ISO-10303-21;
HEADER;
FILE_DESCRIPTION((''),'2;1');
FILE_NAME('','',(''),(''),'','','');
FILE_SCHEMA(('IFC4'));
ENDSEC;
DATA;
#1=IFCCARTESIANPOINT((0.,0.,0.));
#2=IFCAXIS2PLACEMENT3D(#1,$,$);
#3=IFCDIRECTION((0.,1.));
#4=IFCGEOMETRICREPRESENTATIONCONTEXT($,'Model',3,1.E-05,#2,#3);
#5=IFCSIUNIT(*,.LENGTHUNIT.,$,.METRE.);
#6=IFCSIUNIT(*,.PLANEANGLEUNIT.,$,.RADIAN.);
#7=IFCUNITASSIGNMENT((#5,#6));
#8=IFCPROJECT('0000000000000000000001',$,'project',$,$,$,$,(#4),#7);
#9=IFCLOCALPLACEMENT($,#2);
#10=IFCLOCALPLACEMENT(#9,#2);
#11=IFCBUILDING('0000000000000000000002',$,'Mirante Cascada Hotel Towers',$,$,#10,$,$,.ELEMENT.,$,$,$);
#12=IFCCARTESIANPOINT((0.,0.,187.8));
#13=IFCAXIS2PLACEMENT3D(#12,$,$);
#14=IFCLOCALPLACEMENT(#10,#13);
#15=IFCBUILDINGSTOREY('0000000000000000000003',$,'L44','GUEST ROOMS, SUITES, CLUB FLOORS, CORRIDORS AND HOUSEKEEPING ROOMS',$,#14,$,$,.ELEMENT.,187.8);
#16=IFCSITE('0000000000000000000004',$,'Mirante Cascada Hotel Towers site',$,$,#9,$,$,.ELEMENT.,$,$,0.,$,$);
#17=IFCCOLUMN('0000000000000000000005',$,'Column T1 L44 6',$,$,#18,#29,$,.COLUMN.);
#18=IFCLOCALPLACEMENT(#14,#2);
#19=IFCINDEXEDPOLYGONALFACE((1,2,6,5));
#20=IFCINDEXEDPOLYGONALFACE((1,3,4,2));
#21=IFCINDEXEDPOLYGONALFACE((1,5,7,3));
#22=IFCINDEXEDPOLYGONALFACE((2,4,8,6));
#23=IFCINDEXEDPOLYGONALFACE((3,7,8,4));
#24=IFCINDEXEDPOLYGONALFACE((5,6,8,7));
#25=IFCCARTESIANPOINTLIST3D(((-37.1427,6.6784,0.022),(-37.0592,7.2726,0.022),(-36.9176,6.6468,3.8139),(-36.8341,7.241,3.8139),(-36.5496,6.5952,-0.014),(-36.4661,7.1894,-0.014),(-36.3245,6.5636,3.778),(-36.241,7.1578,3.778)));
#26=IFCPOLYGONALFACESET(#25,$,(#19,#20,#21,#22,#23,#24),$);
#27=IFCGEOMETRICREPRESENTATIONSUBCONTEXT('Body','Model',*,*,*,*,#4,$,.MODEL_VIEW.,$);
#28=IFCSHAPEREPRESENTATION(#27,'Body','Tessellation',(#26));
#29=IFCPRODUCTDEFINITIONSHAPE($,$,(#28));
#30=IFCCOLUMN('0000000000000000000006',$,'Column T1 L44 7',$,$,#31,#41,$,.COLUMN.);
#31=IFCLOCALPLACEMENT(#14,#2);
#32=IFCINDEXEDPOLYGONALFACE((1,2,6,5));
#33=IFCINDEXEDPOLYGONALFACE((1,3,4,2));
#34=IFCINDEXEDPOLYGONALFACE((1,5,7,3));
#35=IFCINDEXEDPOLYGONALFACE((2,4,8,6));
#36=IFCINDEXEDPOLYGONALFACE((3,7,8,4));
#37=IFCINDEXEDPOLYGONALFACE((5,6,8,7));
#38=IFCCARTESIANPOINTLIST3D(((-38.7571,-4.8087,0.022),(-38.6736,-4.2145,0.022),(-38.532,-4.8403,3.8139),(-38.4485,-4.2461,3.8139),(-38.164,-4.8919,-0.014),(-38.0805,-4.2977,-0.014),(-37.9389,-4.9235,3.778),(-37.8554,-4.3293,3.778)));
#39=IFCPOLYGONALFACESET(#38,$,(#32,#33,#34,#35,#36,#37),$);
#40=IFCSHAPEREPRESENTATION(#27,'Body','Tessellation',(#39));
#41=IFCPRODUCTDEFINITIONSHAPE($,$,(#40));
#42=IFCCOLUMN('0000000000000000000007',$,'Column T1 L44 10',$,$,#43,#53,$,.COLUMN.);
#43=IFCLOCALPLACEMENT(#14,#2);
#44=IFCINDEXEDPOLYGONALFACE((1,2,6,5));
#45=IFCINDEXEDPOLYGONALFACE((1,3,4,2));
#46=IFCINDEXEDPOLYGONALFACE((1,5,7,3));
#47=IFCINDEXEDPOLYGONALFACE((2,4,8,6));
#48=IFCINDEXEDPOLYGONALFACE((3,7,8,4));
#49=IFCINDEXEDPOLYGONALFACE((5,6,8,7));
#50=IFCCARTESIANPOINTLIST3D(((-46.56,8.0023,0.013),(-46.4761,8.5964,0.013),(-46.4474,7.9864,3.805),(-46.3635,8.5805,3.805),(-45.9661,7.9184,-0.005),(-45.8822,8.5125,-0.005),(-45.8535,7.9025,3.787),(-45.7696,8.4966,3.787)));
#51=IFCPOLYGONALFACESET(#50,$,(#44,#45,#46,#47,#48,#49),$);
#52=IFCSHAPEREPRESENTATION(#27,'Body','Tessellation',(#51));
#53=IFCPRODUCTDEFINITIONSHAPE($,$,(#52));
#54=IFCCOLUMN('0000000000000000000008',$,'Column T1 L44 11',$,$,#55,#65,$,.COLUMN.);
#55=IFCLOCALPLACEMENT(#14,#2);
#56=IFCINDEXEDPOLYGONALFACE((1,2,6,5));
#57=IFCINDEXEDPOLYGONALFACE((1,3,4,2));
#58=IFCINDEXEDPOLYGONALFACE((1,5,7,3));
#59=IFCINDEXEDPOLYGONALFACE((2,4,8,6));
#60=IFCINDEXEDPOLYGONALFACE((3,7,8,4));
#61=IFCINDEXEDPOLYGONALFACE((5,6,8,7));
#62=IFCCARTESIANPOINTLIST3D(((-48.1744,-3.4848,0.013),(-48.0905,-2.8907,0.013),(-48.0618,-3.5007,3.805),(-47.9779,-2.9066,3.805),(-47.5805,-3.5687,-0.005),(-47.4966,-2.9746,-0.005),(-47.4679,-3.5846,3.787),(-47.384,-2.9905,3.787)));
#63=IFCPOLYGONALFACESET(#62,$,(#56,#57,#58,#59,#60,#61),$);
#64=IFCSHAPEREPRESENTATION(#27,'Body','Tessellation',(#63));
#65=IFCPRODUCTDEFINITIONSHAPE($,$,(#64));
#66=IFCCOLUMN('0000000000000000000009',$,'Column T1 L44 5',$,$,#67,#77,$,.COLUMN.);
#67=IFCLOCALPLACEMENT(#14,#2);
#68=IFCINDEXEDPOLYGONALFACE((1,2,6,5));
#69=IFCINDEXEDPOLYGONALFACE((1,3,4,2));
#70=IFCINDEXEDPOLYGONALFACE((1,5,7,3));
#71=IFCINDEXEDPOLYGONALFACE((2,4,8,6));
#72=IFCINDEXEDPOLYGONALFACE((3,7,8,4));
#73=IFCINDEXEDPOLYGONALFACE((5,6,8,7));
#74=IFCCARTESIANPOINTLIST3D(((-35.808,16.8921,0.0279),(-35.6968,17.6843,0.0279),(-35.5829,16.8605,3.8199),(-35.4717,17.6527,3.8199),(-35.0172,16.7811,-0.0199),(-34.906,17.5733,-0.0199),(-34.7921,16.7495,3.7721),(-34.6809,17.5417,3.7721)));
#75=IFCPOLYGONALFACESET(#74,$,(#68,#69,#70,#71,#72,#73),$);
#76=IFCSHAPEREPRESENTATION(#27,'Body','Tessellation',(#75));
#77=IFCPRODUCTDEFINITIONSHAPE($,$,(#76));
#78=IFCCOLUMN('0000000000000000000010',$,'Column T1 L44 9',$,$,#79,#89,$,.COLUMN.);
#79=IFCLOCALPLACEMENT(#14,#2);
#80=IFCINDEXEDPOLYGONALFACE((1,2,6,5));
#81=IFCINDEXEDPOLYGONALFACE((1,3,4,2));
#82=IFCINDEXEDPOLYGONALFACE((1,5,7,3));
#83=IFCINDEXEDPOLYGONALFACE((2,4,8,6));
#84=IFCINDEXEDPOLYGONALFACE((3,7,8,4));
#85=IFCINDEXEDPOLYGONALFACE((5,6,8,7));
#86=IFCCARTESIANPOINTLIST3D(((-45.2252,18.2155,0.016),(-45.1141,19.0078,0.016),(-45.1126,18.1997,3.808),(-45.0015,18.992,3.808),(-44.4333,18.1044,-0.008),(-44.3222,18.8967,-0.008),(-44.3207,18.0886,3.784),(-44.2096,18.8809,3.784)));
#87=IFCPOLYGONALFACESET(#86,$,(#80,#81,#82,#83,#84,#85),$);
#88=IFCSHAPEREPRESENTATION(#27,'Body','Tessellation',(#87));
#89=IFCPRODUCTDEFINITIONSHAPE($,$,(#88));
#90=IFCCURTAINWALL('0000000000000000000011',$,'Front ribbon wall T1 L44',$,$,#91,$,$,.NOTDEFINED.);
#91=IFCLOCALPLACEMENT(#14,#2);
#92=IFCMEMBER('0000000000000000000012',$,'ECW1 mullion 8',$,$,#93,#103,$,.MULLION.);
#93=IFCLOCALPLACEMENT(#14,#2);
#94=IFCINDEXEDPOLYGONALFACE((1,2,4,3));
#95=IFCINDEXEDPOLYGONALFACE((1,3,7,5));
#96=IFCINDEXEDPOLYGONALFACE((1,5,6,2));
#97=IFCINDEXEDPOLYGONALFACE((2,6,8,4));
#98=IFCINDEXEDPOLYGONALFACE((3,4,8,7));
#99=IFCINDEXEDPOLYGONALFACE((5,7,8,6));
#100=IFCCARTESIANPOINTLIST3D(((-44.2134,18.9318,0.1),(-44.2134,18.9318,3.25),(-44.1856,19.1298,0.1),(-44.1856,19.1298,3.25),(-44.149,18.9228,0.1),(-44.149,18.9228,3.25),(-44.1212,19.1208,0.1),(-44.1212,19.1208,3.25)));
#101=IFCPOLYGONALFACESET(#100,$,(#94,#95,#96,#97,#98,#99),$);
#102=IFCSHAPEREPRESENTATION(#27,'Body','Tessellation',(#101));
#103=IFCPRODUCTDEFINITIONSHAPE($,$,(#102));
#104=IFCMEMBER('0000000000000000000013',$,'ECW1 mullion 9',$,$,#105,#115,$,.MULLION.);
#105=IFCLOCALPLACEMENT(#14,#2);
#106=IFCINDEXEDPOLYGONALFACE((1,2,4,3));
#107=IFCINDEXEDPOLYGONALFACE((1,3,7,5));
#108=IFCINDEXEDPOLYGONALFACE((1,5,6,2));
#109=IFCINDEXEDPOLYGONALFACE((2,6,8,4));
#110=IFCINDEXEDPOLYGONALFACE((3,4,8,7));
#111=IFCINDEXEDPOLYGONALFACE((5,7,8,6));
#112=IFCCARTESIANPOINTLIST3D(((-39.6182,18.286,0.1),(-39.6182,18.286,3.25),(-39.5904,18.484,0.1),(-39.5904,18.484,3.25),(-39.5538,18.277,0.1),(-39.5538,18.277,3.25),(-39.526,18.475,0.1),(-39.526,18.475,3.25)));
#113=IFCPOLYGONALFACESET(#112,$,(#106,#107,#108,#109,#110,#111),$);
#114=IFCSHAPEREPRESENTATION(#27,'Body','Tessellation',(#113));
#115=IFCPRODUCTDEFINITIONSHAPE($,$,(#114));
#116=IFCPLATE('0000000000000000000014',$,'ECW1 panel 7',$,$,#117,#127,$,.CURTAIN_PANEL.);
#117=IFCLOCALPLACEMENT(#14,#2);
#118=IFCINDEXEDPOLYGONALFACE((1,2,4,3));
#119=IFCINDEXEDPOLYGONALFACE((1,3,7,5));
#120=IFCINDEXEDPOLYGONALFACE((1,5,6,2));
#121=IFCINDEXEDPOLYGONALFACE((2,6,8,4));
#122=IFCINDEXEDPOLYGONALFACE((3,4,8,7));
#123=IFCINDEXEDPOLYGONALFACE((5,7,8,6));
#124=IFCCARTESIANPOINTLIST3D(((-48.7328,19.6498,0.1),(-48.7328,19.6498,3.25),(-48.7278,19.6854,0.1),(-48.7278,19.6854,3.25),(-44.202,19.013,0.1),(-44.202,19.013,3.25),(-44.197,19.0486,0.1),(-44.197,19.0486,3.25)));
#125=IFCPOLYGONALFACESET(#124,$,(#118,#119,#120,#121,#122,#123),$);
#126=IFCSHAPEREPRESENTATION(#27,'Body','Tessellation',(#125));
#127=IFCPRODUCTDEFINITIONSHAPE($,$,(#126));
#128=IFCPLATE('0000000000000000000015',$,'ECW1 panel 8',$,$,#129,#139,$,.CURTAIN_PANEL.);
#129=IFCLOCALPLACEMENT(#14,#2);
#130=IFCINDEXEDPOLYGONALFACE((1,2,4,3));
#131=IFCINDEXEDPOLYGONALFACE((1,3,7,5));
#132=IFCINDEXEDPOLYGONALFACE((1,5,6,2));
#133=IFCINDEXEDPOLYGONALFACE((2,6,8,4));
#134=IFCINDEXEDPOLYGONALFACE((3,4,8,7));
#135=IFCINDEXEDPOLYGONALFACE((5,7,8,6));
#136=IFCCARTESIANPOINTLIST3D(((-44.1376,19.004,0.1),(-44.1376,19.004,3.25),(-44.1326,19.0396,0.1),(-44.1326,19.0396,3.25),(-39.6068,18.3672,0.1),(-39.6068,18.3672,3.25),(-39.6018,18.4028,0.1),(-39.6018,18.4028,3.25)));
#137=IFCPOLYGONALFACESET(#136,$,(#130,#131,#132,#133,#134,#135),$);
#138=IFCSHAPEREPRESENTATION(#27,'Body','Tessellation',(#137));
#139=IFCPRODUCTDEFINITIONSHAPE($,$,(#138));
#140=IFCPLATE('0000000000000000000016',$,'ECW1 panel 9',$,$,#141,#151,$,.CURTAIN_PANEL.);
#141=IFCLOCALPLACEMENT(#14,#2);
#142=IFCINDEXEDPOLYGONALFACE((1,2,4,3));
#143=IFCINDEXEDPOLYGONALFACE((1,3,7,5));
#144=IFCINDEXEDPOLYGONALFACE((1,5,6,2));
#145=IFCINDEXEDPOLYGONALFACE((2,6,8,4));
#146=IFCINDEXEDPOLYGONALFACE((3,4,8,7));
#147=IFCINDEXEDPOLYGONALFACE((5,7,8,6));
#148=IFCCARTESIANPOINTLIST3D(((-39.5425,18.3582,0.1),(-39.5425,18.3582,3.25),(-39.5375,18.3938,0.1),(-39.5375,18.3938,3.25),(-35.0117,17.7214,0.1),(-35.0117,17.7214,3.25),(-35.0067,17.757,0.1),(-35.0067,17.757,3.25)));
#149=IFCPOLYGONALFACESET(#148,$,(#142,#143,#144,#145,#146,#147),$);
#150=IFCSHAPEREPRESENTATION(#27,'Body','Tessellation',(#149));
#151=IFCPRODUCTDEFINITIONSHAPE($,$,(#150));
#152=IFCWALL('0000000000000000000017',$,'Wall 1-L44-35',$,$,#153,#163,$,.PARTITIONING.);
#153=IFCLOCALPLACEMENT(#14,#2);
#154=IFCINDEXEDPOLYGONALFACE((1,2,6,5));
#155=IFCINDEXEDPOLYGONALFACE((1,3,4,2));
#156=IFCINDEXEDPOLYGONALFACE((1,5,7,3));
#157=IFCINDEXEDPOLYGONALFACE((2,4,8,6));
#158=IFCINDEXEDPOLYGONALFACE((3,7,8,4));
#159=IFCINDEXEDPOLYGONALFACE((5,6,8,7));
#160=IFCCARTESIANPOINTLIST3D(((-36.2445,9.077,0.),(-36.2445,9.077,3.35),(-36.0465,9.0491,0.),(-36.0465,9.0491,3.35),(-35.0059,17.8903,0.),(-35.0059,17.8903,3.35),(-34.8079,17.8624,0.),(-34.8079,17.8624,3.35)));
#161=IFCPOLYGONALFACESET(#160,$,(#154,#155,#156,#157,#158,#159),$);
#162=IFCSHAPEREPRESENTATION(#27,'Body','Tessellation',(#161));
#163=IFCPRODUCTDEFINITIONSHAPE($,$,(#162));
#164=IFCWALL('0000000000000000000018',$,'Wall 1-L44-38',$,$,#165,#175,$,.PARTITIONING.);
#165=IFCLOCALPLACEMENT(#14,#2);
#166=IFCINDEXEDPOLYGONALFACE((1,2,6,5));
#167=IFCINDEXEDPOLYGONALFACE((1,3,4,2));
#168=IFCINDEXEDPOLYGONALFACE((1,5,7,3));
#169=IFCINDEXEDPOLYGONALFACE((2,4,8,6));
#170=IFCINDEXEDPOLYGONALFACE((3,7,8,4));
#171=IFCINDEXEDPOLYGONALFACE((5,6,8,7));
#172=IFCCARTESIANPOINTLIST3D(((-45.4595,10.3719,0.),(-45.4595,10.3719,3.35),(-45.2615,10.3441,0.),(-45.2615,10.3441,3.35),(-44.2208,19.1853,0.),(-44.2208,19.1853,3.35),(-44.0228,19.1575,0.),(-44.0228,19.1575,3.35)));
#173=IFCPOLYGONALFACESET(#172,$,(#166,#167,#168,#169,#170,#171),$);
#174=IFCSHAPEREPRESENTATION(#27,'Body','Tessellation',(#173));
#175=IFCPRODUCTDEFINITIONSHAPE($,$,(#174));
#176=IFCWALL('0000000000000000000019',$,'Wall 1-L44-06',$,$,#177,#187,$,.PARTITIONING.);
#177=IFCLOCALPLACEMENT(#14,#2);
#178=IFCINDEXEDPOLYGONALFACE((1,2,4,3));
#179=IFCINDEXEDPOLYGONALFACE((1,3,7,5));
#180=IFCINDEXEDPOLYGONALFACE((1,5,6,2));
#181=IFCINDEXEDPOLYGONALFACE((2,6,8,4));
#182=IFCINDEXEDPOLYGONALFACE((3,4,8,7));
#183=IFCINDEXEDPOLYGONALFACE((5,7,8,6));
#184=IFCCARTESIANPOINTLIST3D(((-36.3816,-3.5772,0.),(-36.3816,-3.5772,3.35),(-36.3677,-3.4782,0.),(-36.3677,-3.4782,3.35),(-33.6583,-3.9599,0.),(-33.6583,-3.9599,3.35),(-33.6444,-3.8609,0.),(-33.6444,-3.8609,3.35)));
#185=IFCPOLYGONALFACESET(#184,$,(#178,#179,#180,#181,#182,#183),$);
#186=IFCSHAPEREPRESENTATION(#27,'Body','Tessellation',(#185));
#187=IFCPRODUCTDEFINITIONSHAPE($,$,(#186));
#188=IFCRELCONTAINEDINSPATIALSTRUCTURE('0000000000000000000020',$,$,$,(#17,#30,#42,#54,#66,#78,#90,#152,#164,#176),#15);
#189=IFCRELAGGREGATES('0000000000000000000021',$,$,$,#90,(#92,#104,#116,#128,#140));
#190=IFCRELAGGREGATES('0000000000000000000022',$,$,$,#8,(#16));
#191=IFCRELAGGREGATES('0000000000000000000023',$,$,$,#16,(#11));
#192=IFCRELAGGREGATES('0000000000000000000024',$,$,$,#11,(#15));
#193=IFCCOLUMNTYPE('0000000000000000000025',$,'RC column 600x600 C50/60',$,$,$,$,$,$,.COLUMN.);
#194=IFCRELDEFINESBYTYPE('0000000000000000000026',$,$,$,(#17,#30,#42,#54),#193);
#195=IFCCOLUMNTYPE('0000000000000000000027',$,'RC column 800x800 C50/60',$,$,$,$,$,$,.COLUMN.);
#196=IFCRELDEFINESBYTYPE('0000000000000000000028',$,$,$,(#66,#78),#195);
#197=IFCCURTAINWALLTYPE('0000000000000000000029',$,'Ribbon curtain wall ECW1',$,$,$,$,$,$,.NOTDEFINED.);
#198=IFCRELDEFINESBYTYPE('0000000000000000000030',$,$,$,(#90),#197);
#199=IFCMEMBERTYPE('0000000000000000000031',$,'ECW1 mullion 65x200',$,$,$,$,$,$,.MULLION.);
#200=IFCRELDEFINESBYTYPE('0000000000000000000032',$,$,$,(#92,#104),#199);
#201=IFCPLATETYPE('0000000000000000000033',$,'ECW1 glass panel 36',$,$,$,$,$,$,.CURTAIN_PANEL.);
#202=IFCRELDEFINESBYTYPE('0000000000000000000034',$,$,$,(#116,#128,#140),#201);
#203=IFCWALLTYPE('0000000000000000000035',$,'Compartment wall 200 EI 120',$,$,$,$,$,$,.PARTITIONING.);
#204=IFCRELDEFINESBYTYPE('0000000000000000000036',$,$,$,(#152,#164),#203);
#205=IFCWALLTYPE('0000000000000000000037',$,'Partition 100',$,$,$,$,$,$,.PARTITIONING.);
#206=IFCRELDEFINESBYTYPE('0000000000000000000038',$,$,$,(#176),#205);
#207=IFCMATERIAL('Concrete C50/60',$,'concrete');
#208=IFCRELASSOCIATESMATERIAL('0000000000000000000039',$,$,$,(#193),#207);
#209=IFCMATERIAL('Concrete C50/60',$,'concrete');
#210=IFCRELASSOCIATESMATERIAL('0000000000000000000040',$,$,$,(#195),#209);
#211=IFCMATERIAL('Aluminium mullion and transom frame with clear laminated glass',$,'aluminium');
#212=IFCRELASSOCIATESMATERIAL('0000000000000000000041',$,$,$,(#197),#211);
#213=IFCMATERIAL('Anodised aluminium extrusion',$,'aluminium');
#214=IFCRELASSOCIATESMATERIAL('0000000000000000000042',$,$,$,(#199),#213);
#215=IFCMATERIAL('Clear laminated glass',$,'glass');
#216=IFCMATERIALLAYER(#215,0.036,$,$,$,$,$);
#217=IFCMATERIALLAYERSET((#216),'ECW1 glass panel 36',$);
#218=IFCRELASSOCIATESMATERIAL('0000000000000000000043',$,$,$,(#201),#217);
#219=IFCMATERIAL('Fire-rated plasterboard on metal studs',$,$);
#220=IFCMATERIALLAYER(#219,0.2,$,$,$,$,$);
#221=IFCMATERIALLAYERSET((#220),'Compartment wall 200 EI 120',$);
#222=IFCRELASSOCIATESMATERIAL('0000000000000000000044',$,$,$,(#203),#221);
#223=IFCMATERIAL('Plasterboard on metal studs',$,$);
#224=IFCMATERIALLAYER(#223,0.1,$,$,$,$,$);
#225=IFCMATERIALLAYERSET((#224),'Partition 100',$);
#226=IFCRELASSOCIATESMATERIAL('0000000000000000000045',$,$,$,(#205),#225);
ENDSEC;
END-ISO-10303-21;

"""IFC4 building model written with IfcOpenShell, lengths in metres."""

from ifc_helpers import new_model, si_unit, direction, frame, frame_2d, origin, origin_2d, place, context, subcontext, project, spatial, rectangle, extrude, material, layer, layer_set, material_profile, profile_set, type_object, element, aggregate, save


model = new_model("IFC4")

# Units and contexts
model_context = context("Model", 3, precision=1e-05, world=origin(), true_north=direction((0.0, 1.0)))
body_context = subcontext(model_context, "Body", "Model", "MODEL_VIEW")
ifc_project = project(units=[si_unit("LENGTHUNIT", "METRE"), si_unit("PLANEANGLEUNIT", "RADIAN")], contexts=[model_context])

# Site, building, storey
site_placement = place(None, origin())
site = spatial("IfcSite", under=ifc_project, at=site_placement, Name="Mirante Cascada Hotel Towers site", CompositionType="ELEMENT", RefElevation=0.0)
building_placement = place(site_placement, origin())
building = spatial("IfcBuilding", under=site, at=building_placement, Name="Mirante Cascada Hotel Towers", CompositionType="ELEMENT")
storey_placement = place(building_placement, frame((0.0, 0.0, 187.8)))
storey = spatial("IfcBuildingStorey", under=building, at=storey_placement, Name="L44", Description="GUEST ROOMS, SUITES, CLUB FLOORS, CORRIDORS AND HOUSEKEEPING ROOMS", CompositionType="ELEMENT", Elevation=187.8)

# Columns
ifc_material_1 = material(Name="Concrete C50/60", Category="concrete")
ifc_material_profile_1 = material_profile(ifc_material_1, rectangle(XDim=0.6, YDim=0.6, at=origin_2d()), Name="RC column 600x600 C50/60")
ifc_profile_set_1 = profile_set([ifc_material_profile_1], Name="Concrete C50/60")
column_type_1 = type_object("IfcColumnType", Name="RC column 600x600 C50/60", PredefinedType="COLUMN", material=ifc_profile_set_1)
for number, where, z_axis, x_axis, name in (
    (1, (-36.8044, 6.9339, 0.004), (0.059255, -0.008318, 0.998208), (0.139019, 0.99029, 0.0), "Column T1 L44 6"),
    (2, (-38.4188, -4.5532, 0.004), (0.059255, -0.008318, 0.998208), (0.139019, 0.99029, 0.0), "Column T1 L44 7"),
):
    element("IfcColumn", number, at=place(storey_placement, frame(where, z_axis=z_axis, x_axis=x_axis)), inside=storey, type_object=column_type_1, Name=name, PredefinedType="COLUMN", context=body_context, shape_type="SweptSolid", body=[
        extrude(rectangle(XDim=0.6, YDim=0.6, at=origin_2d()), origin(), (0.0, 0.0, 1.0), 3.7988),
    ])
for number, where, z_axis, x_axis, name in (
    (3, (-46.2211, 8.2574, 0.004), (0.029681, -0.004191, 0.999551), (0.139821, 0.990177, 0.0), "Column T1 L44 10"),
    (4, (-47.8355, -3.2297, 0.004), (0.029681, -0.004191, 0.999551), (0.139821, 0.990177, 0.0), "Column T1 L44 11"),
):
    element("IfcColumn", number, at=place(storey_placement, frame(where, z_axis=z_axis, x_axis=x_axis)), inside=storey, type_object=column_type_1, Name=name, PredefinedType="COLUMN", context=body_context, shape_type="SweptSolid", body=[
        extrude(rectangle(XDim=0.6, YDim=0.6, at=origin_2d()), origin(), (0.0, 0.0, 1.0), 3.7937),
    ])
ifc_material_2 = material(Name="Concrete C50/60", Category="concrete")
ifc_material_profile_2 = material_profile(ifc_material_2, rectangle(XDim=0.8, YDim=0.8, at=origin_2d()), Name="RC column 800x800 C50/60")
ifc_profile_set_2 = profile_set([ifc_material_profile_2], Name="Concrete C50/60")
column_type_2 = type_object("IfcColumnType", Name="RC column 800x800 C50/60", PredefinedType="COLUMN", material=ifc_profile_set_2)
column_1_placement = place(storey_placement, frame((-35.357, 17.2327, 0.004), z_axis=(0.059255, -0.008318, 0.998208), x_axis=(0.139019, 0.99029, 0.0)))
element("IfcColumn", 5, at=column_1_placement, inside=storey, type_object=column_type_2, Name="Column T1 L44 5", PredefinedType="COLUMN", context=body_context, shape_type="SweptSolid", body=[
    extrude(rectangle(XDim=0.8, YDim=0.8, at=origin_2d()), origin(), (0.0, 0.0, 1.0), 3.7988),
])
column_2_placement = place(storey_placement, frame((-44.7737, 18.5561, 0.004), z_axis=(0.029681, -0.004165, 0.999551), x_axis=(0.138958, 0.990298, 0.0)))
element("IfcColumn", 6, at=column_2_placement, inside=storey, type_object=column_type_2, Name="Column T1 L44 9", PredefinedType="COLUMN", context=body_context, shape_type="SweptSolid", body=[
    extrude(rectangle(XDim=0.8, YDim=0.8, at=origin_2d()), origin(), (0.0, 0.0, 1.0), 3.7937),
])

# Curtain wall, members, plates
ifc_material_3 = material(Name="Aluminium mullion and transom frame with clear laminated glass", Category="aluminium")
curtain_wall_type = type_object("IfcCurtainWallType", Name="Ribbon curtain wall ECW1", PredefinedType="NOTDEFINED", material=ifc_material_3)
curtain_wall_placement = place(storey_placement, origin())
curtain_wall = element("IfcCurtainWall", 7, at=curtain_wall_placement, inside=storey, type_object=curtain_wall_type, Name="Front ribbon wall T1 L44", PredefinedType="NOTDEFINED")
ifc_material_4 = material(Name="Anodised aluminium extrusion", Category="aluminium")
ifc_material_profile_3 = material_profile(ifc_material_4, rectangle(XDim=0.2, YDim=0.065, at=origin_2d()), Name="ECW1 MULLION 65x200")
ifc_profile_set_3 = profile_set([ifc_material_profile_3], Name="Anodised aluminium extrusion")
member_type = type_object("IfcMemberType", Name="ECW1 mullion 65x200", PredefinedType="MULLION", material=ifc_profile_set_3)
member_1_placement = place(storey_placement, frame((-44.1673, 19.0263, 0.1), z_axis=(0.0, 0.0, 1.0), x_axis=(0.139173, 0.990268, 0.0)))
member_1 = element("IfcMember", 8, at=member_1_placement, type_object=member_type, Name="ECW1 mullion 8", PredefinedType="MULLION", context=body_context, shape_type="SweptSolid", body=[
    extrude(rectangle(XDim=0.2, YDim=0.065, at=origin_2d()), origin(), (0.0, 0.0, 1.0), 3.15),
])
member_2_placement = place(storey_placement, frame((-39.5721, 18.3805, 0.1), z_axis=(0.0, 0.0, 1.0), x_axis=(0.139173, 0.990268, 0.0)))
member_2 = element("IfcMember", 9, at=member_2_placement, type_object=member_type, Name="ECW1 mullion 9", PredefinedType="MULLION", context=body_context, shape_type="SweptSolid", body=[
    extrude(rectangle(XDim=0.2, YDim=0.065, at=origin_2d()), origin(), (0.0, 0.0, 1.0), 3.15),
])
ifc_material_5 = material(Name="Clear laminated glass", Category="glass")
ifc_layer_1 = layer(ifc_material_5, 0.036)
ifc_layer_set_1 = layer_set([ifc_layer_1], Name="ECW1 glass panel 36")
plate_type = type_object("IfcPlateType", Name="ECW1 glass panel 36", PredefinedType="CURTAIN_PANEL", material=ifc_layer_set_1)
plate_1_placement = place(storey_placement, frame((-46.4649, 19.3492, 0.1), z_axis=(0.0, 0.0, 1.0), x_axis=(0.990268, -0.139173, 0.0)))
plate_1 = element("IfcPlate", 10, at=plate_1_placement, type_object=plate_type, Name="ECW1 panel 7", PredefinedType="CURTAIN_PANEL", context=body_context, shape_type="SweptSolid", body=[
    extrude(rectangle(XDim=4.5753, YDim=0.036, at=origin_2d()), origin(), (0.0, 0.0, 1.0), 3.15),
])
plate_2_placement = place(storey_placement, frame((-41.8697, 18.7034, 0.1), z_axis=(0.0, 0.0, 1.0), x_axis=(0.990268, -0.139173, 0.0)))
plate_2 = element("IfcPlate", 11, at=plate_2_placement, type_object=plate_type, Name="ECW1 panel 8", PredefinedType="CURTAIN_PANEL", context=body_context, shape_type="SweptSolid", body=[
    extrude(rectangle(XDim=4.5753, YDim=0.036, at=origin_2d()), origin(), (0.0, 0.0, 1.0), 3.15),
])
plate_3_placement = place(storey_placement, frame((-37.2746, 18.0576, 0.1), z_axis=(0.0, 0.0, 1.0), x_axis=(0.990268, -0.139173, 0.0)))
plate_3 = element("IfcPlate", 12, at=plate_3_placement, type_object=plate_type, Name="ECW1 panel 9", PredefinedType="CURTAIN_PANEL", context=body_context, shape_type="SweptSolid", body=[
    extrude(rectangle(XDim=4.5753, YDim=0.036, at=origin_2d()), origin(), (0.0, 0.0, 1.0), 3.15),
])
aggregate(curtain_wall, [member_1, member_2, plate_1, plate_2, plate_3])

# Walls
ifc_material_6 = material(Name="Fire-rated plasterboard on metal studs")
ifc_layer_2 = layer(ifc_material_6, 0.2)
ifc_layer_set_2 = layer_set([ifc_layer_2], Name="Compartment wall 200 EI 120")
wall_type_1 = type_object("IfcWallType", Name="Compartment wall 200 EI 120", PredefinedType="PARTITIONING", material=ifc_layer_set_2)
wall_1_placement = place(storey_placement, frame((-36.1455, 9.063, 0.0), z_axis=(0.0, 0.0, 1.0), x_axis=(0.13917, 0.990268, 0.0)))
element("IfcWall", 13, at=wall_1_placement, inside=storey, type_object=wall_type_1, Name="Wall 1-L44-35", PredefinedType="PARTITIONING", context=body_context, shape_type="SweptSolid", body=[
    extrude(rectangle(XDim=8.8999, YDim=0.2, at=frame_2d((4.45, 0.0))), origin(), (0.0, 0.0, 1.0), 3.35),
])
wall_2_placement = place(storey_placement, frame((-44.1218, 19.1714, 0.0), z_axis=(0.0, 0.0, 1.0), x_axis=(-0.139179, -0.990267, 0.0)))
element("IfcWall", 14, at=wall_2_placement, inside=storey, type_object=wall_type_1, Name="Wall 1-L44-38", PredefinedType="PARTITIONING", context=body_context, shape_type="SweptSolid", body=[
    extrude(rectangle(XDim=8.9, YDim=0.2, at=frame_2d((4.45, 0.0))), origin(), (0.0, 0.0, 1.0), 3.35),
])
ifc_material_7 = material(Name="Plasterboard on metal studs")
ifc_layer_3 = layer(ifc_material_7, 0.1)
ifc_layer_set_3 = layer_set([ifc_layer_3], Name="Partition 100")
wall_type_2 = type_object("IfcWallType", Name="Partition 100", PredefinedType="PARTITIONING", material=ifc_layer_set_3)
wall_3_placement = place(storey_placement, frame((-36.3747, -3.5277, 0.0), z_axis=(0.0, 0.0, 1.0), x_axis=(0.99027, -0.139161, 0.0)))
element("IfcWall", 15, at=wall_3_placement, inside=storey, type_object=wall_type_2, Name="Wall 1-L44-06", PredefinedType="PARTITIONING", context=body_context, shape_type="SweptSolid", body=[
    extrude(rectangle(XDim=2.7501, YDim=0.1, at=frame_2d((1.3751, 0.0))), origin(), (0.0, 0.0, 1.0), 3.35),
])

save(model, "model.ifc")
